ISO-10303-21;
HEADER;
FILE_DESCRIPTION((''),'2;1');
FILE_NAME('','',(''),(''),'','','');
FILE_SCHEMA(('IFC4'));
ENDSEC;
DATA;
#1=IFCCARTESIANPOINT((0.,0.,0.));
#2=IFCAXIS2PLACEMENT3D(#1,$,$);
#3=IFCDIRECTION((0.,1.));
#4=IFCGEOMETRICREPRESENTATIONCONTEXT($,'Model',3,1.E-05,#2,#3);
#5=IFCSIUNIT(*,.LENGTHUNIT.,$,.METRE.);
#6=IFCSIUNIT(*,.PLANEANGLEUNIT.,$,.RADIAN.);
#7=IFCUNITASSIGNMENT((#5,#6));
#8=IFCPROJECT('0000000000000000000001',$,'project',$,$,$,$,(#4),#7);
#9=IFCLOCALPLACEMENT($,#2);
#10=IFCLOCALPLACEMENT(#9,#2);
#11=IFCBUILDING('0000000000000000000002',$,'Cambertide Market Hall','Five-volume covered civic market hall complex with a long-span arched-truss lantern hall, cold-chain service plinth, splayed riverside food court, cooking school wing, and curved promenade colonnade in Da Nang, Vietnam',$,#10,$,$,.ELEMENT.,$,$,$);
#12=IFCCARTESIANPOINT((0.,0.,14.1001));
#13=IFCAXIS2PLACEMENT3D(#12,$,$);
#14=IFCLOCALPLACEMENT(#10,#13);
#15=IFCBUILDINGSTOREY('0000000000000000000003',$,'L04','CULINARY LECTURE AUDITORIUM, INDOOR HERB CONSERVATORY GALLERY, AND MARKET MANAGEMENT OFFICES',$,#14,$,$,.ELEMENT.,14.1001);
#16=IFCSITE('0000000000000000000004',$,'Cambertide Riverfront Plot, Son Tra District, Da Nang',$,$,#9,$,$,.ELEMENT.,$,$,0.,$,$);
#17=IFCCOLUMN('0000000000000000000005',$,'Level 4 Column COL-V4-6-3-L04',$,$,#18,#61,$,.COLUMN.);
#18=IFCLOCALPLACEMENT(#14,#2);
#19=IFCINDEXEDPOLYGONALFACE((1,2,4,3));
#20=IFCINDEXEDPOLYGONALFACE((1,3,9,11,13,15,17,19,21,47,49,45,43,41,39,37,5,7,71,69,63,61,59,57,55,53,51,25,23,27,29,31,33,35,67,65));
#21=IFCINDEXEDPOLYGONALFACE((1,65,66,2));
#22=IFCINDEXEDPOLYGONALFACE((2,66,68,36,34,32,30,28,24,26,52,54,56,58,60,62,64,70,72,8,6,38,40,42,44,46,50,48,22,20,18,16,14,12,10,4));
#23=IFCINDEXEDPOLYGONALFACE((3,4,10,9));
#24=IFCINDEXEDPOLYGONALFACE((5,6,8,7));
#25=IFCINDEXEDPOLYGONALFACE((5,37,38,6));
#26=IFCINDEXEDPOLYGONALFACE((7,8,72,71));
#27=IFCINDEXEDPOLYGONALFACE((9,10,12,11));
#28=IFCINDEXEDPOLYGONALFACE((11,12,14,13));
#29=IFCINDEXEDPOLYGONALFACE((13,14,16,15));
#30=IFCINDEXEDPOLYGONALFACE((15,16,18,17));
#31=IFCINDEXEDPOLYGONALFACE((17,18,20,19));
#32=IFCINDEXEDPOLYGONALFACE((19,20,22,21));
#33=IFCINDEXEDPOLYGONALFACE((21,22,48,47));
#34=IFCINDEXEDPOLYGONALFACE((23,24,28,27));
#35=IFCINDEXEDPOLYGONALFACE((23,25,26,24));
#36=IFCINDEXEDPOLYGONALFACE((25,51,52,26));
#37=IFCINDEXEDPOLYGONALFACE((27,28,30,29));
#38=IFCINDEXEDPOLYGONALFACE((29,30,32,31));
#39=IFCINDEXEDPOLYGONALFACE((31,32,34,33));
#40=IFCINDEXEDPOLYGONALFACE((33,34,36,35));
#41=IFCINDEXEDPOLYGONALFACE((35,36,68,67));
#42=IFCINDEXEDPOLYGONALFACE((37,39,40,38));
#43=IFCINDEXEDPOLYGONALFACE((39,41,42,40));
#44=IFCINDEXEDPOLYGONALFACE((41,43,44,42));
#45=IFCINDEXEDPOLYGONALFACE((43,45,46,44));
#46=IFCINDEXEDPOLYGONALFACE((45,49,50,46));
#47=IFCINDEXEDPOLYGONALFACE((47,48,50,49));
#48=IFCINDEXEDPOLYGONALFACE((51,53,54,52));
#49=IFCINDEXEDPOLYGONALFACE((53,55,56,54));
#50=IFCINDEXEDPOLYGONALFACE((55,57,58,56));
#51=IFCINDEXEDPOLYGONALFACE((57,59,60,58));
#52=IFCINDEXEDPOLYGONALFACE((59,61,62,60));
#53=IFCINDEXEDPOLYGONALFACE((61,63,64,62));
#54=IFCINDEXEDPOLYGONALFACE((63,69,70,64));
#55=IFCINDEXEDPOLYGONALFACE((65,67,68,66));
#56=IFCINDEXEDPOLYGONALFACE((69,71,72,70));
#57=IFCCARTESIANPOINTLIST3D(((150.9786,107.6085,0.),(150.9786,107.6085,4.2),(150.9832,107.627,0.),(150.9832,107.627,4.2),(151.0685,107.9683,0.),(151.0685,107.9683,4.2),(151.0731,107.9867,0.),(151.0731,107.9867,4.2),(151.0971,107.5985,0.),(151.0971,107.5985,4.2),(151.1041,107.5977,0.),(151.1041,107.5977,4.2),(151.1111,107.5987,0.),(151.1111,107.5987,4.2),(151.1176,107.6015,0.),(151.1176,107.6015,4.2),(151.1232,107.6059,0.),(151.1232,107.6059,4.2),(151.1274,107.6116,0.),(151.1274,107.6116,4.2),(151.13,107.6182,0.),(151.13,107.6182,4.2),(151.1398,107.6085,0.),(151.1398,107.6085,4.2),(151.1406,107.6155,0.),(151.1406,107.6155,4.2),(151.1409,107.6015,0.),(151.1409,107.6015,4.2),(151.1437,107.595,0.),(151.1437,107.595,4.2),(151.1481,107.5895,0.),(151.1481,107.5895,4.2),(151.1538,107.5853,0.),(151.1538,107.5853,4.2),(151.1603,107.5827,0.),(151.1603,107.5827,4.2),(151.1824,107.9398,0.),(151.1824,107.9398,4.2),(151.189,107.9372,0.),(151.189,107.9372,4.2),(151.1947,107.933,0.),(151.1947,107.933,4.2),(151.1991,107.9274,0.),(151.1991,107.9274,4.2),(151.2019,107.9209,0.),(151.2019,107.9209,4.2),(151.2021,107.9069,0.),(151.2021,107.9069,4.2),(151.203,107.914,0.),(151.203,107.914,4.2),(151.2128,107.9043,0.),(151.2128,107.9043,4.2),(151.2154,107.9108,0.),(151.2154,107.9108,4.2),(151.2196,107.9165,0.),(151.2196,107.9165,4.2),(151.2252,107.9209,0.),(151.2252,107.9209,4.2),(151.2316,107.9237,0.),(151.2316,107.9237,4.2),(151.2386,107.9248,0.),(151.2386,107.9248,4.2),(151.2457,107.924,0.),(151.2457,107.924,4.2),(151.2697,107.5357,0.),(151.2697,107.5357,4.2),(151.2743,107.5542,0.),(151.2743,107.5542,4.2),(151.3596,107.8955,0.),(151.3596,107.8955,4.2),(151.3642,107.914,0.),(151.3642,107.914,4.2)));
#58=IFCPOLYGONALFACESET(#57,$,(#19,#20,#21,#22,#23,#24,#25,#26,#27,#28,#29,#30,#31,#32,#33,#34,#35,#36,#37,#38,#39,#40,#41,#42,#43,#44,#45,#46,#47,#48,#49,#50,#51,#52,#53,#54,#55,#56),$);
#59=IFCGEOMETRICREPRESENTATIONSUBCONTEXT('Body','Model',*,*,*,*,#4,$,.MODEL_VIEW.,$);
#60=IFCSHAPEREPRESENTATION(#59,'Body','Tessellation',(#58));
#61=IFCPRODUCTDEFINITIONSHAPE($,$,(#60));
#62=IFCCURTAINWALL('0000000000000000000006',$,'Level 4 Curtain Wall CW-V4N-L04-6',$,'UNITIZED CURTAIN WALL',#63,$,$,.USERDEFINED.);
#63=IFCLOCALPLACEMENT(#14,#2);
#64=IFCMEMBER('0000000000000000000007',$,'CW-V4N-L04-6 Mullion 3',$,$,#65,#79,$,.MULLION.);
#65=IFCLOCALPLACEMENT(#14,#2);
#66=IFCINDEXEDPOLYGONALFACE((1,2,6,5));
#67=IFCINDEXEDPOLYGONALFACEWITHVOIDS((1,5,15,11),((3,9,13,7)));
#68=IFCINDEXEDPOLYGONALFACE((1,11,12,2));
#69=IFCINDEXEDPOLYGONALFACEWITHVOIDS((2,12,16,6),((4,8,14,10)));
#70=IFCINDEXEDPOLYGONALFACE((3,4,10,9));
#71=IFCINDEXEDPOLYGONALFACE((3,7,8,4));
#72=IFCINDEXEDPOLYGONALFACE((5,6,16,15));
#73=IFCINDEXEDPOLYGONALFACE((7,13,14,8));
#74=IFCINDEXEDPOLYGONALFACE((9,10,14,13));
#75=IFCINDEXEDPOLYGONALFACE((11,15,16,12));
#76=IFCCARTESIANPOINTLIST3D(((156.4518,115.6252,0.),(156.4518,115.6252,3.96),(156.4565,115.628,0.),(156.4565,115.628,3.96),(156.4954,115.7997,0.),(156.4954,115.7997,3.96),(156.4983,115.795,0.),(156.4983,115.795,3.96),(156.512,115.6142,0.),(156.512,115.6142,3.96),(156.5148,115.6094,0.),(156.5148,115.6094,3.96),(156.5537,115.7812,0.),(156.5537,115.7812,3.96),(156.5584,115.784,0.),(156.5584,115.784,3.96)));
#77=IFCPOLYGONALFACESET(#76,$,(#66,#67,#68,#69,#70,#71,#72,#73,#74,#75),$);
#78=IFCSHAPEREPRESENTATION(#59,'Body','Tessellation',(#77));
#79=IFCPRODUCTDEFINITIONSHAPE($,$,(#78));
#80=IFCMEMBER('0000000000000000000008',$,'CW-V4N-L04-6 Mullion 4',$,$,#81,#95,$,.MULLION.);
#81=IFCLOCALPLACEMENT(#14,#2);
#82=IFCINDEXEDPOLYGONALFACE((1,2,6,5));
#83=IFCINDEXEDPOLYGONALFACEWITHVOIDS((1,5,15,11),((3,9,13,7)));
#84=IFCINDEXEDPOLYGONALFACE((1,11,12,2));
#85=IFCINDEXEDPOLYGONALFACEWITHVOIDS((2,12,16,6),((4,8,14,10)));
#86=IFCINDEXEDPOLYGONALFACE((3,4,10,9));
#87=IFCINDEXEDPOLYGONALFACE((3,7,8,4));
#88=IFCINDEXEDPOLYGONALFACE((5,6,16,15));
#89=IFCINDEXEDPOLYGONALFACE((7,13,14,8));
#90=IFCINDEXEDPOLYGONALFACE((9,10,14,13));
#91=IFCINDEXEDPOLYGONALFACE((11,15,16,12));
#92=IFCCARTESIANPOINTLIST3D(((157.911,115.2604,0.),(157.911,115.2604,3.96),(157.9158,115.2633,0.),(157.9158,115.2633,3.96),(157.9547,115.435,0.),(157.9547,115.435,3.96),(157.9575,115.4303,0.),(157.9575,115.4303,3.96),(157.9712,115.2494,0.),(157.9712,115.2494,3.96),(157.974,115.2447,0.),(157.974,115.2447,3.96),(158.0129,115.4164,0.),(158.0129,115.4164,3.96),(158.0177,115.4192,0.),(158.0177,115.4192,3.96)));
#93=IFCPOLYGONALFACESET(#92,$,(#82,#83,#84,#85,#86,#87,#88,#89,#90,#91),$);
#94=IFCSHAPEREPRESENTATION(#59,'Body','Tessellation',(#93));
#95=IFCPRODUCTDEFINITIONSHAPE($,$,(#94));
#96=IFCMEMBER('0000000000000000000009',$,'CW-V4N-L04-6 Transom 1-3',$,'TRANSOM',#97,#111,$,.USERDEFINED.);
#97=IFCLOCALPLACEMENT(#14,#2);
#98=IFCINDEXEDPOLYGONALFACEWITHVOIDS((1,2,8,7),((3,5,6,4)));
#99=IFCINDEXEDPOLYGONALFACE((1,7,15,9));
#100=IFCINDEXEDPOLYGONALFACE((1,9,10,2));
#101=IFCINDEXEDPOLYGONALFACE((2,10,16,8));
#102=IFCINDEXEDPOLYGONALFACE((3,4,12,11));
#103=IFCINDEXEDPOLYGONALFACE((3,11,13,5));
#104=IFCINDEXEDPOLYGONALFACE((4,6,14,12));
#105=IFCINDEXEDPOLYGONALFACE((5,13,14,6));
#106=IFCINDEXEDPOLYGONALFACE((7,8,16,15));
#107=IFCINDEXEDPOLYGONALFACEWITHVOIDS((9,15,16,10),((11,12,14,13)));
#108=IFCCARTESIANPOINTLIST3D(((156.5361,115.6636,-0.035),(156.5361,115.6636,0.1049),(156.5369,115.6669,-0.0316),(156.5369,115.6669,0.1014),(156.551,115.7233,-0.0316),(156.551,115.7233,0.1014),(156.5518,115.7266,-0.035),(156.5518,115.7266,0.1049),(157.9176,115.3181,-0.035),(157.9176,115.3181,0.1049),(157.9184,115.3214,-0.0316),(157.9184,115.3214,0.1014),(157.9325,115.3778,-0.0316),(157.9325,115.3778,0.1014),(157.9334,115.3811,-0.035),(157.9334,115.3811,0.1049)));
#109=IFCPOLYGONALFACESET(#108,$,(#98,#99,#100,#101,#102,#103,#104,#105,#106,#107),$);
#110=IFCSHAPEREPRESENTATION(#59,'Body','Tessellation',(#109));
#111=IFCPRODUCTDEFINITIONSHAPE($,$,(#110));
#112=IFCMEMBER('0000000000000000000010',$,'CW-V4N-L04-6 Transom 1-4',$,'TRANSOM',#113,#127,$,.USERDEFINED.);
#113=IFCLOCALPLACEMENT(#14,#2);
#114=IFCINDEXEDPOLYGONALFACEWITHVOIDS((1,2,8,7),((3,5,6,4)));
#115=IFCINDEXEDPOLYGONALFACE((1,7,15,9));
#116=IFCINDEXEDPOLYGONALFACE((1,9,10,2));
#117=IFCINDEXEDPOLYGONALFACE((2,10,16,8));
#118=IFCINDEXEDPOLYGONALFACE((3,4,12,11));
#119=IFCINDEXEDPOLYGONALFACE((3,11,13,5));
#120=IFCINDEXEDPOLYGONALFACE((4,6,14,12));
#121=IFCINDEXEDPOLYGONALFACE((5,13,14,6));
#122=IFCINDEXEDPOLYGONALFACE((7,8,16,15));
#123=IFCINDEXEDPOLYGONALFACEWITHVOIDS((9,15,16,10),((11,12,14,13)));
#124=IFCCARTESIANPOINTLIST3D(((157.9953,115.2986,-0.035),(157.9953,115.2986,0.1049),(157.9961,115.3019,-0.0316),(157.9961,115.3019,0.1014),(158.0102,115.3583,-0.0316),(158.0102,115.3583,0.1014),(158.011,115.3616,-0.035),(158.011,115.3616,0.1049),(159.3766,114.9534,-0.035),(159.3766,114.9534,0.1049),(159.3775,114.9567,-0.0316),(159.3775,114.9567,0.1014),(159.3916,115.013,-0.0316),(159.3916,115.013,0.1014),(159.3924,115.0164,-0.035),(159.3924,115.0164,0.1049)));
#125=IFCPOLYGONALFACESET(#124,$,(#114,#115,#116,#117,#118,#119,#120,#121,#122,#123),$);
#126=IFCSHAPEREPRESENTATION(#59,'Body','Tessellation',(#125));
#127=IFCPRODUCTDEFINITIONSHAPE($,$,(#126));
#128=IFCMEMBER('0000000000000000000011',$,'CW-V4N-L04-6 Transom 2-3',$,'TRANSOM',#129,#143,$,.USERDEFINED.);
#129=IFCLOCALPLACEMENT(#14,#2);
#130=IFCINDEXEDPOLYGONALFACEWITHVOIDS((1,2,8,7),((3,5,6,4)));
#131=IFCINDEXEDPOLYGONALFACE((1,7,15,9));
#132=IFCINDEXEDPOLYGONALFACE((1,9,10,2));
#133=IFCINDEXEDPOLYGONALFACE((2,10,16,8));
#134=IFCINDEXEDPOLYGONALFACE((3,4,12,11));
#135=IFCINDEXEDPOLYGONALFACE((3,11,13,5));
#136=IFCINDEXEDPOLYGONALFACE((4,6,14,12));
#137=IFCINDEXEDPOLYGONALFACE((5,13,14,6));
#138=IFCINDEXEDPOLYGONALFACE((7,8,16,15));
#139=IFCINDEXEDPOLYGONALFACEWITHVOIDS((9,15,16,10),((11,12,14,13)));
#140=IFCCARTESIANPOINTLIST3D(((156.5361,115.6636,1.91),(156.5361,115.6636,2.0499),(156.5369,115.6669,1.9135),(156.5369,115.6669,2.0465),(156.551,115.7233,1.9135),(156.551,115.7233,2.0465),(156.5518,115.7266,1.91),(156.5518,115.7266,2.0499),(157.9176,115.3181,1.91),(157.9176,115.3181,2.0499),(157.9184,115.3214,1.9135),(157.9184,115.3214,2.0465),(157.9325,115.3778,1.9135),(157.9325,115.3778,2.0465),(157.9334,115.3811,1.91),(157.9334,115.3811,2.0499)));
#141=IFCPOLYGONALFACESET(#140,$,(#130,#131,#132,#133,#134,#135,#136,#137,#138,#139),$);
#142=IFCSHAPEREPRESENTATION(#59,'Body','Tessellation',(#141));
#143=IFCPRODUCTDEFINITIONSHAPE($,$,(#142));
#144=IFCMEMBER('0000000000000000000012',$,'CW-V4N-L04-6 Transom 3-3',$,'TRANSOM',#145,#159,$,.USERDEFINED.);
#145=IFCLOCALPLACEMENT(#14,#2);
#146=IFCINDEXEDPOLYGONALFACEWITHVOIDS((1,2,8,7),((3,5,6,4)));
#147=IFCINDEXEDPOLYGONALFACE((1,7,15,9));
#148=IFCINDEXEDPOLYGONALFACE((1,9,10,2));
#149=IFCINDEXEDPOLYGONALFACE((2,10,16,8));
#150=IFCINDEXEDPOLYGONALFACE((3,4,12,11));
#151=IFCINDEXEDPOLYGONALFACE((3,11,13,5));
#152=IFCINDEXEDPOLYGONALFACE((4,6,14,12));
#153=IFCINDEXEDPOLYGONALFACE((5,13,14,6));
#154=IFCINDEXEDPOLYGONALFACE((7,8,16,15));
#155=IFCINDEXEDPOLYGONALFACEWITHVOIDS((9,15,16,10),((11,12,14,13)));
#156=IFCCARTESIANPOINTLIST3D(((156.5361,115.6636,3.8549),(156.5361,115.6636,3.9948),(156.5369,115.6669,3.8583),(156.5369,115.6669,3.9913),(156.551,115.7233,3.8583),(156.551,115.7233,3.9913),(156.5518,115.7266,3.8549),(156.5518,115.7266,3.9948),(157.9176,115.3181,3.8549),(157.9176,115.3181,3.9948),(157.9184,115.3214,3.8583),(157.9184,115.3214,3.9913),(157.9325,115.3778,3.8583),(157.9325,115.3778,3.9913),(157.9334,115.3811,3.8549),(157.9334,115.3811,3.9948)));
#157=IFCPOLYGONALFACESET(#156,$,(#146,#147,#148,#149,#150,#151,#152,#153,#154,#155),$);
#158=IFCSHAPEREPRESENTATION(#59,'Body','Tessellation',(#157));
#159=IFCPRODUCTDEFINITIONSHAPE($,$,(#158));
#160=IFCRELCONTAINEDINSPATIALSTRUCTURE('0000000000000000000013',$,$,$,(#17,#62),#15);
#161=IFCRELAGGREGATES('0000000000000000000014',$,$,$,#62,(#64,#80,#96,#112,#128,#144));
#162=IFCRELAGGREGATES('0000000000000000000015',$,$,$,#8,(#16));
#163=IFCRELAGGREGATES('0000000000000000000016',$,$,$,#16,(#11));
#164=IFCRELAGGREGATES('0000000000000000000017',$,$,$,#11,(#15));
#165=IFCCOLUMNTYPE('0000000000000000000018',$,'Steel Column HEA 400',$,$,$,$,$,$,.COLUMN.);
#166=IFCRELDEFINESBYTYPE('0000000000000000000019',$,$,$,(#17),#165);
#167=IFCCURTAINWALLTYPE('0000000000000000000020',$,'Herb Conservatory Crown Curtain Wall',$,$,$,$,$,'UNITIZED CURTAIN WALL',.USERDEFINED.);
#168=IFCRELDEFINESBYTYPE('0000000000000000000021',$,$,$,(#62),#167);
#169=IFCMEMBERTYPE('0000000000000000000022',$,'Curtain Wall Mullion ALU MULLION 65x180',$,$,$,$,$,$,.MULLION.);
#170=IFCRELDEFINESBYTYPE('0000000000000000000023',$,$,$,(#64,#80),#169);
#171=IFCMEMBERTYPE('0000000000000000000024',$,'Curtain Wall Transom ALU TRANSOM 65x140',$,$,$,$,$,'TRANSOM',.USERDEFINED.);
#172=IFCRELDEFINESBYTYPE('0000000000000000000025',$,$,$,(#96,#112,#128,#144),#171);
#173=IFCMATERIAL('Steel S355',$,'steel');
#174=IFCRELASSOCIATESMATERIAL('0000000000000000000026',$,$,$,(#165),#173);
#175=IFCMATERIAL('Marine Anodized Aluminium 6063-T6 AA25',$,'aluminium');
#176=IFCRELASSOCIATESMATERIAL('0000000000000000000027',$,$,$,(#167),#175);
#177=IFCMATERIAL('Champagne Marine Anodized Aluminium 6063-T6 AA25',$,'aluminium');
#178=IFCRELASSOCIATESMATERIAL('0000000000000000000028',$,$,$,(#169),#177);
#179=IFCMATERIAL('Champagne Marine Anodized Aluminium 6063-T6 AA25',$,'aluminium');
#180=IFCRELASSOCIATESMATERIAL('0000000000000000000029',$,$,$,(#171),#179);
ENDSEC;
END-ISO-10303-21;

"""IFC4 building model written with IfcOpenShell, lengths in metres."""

from ifc_helpers import new_model, si_unit, direction, frame, origin, origin_2d, place, context, subcontext, project, spatial, hollow_rectangle, i_section, extrude, material, material_profile, profile_set, type_object, element, aggregate, save


model = new_model("IFC4")

# Units and contexts
model_context = context("Model", 3, precision=1e-05, world=origin(), true_north=direction((0.0, 1.0)))
body_context = subcontext(model_context, "Body", "Model", "MODEL_VIEW")
ifc_project = project(units=[si_unit("LENGTHUNIT", "METRE"), si_unit("PLANEANGLEUNIT", "RADIAN")], contexts=[model_context])

# Site, building, storey
site_placement = place(None, origin())
site = spatial("IfcSite", under=ifc_project, at=site_placement, Name="Cambertide Riverfront Plot, Son Tra District, Da Nang", CompositionType="ELEMENT", RefElevation=0.0)
building_placement = place(site_placement, origin())
building = spatial("IfcBuilding", under=site, at=building_placement, Name="Cambertide Market Hall", Description="Five-volume covered civic market hall complex with a long-span arched-truss lantern hall, cold-chain service plinth, splayed riverside food court, cooking school wing, and curved promenade colonnade in Da Nang, Vietnam", CompositionType="ELEMENT")
storey_placement = place(building_placement, frame((0.0, 0.0, 14.1001)))
storey = spatial("IfcBuildingStorey", under=building, at=storey_placement, Name="L04", Description="CULINARY LECTURE AUDITORIUM, INDOOR HERB CONSERVATORY GALLERY, AND MARKET MANAGEMENT OFFICES", CompositionType="ELEMENT", Elevation=14.1001)

# Column
ifc_material_1 = material(Name="Steel S355", Category="steel")
ifc_material_profile_1 = material_profile(ifc_material_1, i_section(OverallWidth=0.3, OverallDepth=0.3899, WebThickness=0.011, FlangeThickness=0.019, FilletRadius=0.0271, at=origin_2d()), Name="HEA 400")
ifc_profile_set_1 = profile_set([ifc_material_profile_1], Name="Steel S355")
column_type = type_object("IfcColumnType", Name="Steel Column HEA 400", PredefinedType="COLUMN", material=ifc_profile_set_1)
column_placement = place(storey_placement, frame((151.1714, 107.7612, 0.0), z_axis=(0.0, 0.0, 1.0), x_axis=(0.970143, -0.242536, 0.0)))
element("IfcColumn", 1, at=column_placement, inside=storey, type_object=column_type, Name="Level 4 Column COL-V4-6-3-L04", PredefinedType="COLUMN", context=body_context, shape_type="SweptSolid", body=[
    extrude(i_section(OverallWidth=0.3, OverallDepth=0.3899, WebThickness=0.011, FlangeThickness=0.019, FilletRadius=0.0271, at=origin_2d()), origin(), (0.0, 0.0, 1.0), 4.2),
])

# Curtain wall, members
ifc_material_2 = material(Name="Marine Anodized Aluminium 6063-T6 AA25", Category="aluminium")
curtain_wall_type = type_object("IfcCurtainWallType", Name="Herb Conservatory Crown Curtain Wall", ElementType="UNITIZED CURTAIN WALL", PredefinedType="USERDEFINED", material=ifc_material_2)
curtain_wall_placement = place(storey_placement, origin())
curtain_wall = element("IfcCurtainWall", 2, at=curtain_wall_placement, inside=storey, type_object=curtain_wall_type, Name="Level 4 Curtain Wall CW-V4N-L04-6", ObjectType="UNITIZED CURTAIN WALL", PredefinedType="USERDEFINED")
ifc_material_3 = material(Name="Champagne Marine Anodized Aluminium 6063-T6 AA25", Category="aluminium")
ifc_material_profile_2 = material_profile(ifc_material_3, hollow_rectangle(XDim=0.0649, YDim=0.1799, WallThickness=0.0039, at=origin_2d()), Name="ALU MULLION 65x180")
ifc_profile_set_2 = profile_set([ifc_material_profile_2], Name="Champagne Marine Anodized Aluminium 6063-T6 AA25")
member_type_1 = type_object("IfcMemberType", Name="Curtain Wall Mullion ALU MULLION 65x180", PredefinedType="MULLION", material=ifc_profile_set_2)
member_1_placement = place(storey_placement, frame((156.5051, 115.7046, 0.0), z_axis=(0.0, 0.0, 1.0), x_axis=(0.970143, -0.242536, 0.0)))
member_1 = element("IfcMember", 3, at=member_1_placement, type_object=member_type_1, Name="CW-V4N-L04-6 Mullion 3", PredefinedType="MULLION", context=body_context, shape_type="SweptSolid", body=[
    extrude(hollow_rectangle(XDim=0.0649, YDim=0.1799, WallThickness=0.0039, at=origin_2d()), origin(), (0.0, 0.0, 1.0), 3.96),
])
member_2_placement = place(storey_placement, frame((157.9644, 115.3398, 0.0), z_axis=(0.0, 0.0, 1.0), x_axis=(0.970143, -0.242536, 0.0)))
member_2 = element("IfcMember", 4, at=member_2_placement, type_object=member_type_1, Name="CW-V4N-L04-6 Mullion 4", PredefinedType="MULLION", context=body_context, shape_type="SweptSolid", body=[
    extrude(hollow_rectangle(XDim=0.0649, YDim=0.1799, WallThickness=0.0039, at=origin_2d()), origin(), (0.0, 0.0, 1.0), 3.96),
])
ifc_material_4 = material(Name="Champagne Marine Anodized Aluminium 6063-T6 AA25", Category="aluminium")
ifc_material_profile_3 = material_profile(ifc_material_4, hollow_rectangle(XDim=0.0649, YDim=0.1399, WallThickness=0.0034, at=origin_2d()), Name="ALU TRANSOM 65x140")
ifc_profile_set_3 = profile_set([ifc_material_profile_3], Name="Champagne Marine Anodized Aluminium 6063-T6 AA25")
member_type_2 = type_object("IfcMemberType", Name="Curtain Wall Transom ALU TRANSOM 65x140", ElementType="TRANSOM", PredefinedType="USERDEFINED", material=ifc_profile_set_3)
member_3_placement = place(storey_placement, frame((156.5439, 115.6951, 0.0349), z_axis=(0.970132, -0.242576, 0.0), x_axis=(0.242576, 0.970132, 0.0)))
member_3 = element("IfcMember", 5, at=member_3_placement, type_object=member_type_2, Name="CW-V4N-L04-6 Transom 1-3", ObjectType="TRANSOM", PredefinedType="USERDEFINED", context=body_context, shape_type="SweptSolid", body=[
    extrude(hollow_rectangle(XDim=0.0649, YDim=0.1399, WallThickness=0.0034, at=origin_2d()), origin(), (0.0, 0.0, 1.0), 1.4241),
])
member_4_placement = place(storey_placement, frame((158.0032, 115.3301, 0.0349), z_axis=(0.970163, -0.242455, 0.0), x_axis=(0.242455, 0.970163, 0.0)))
member_4 = element("IfcMember", 6, at=member_4_placement, type_object=member_type_2, Name="CW-V4N-L04-6 Transom 1-4", ObjectType="TRANSOM", PredefinedType="USERDEFINED", context=body_context, shape_type="SweptSolid", body=[
    extrude(hollow_rectangle(XDim=0.0649, YDim=0.1399, WallThickness=0.0034, at=origin_2d()), origin(), (0.0, 0.0, 1.0), 1.4238),
])
member_5_placement = place(storey_placement, frame((156.5439, 115.6951, 1.98), z_axis=(0.970132, -0.242576, 0.0), x_axis=(0.242576, 0.970132, 0.0)))
member_5 = element("IfcMember", 7, at=member_5_placement, type_object=member_type_2, Name="CW-V4N-L04-6 Transom 2-3", ObjectType="TRANSOM", PredefinedType="USERDEFINED", context=body_context, shape_type="SweptSolid", body=[
    extrude(hollow_rectangle(XDim=0.0649, YDim=0.1399, WallThickness=0.0034, at=origin_2d()), origin(), (0.0, 0.0, 1.0), 1.4241),
])
member_6_placement = place(storey_placement, frame((156.5439, 115.6951, 3.9248), z_axis=(0.970132, -0.242576, 0.0), x_axis=(0.242576, 0.970132, 0.0)))
member_6 = element("IfcMember", 8, at=member_6_placement, type_object=member_type_2, Name="CW-V4N-L04-6 Transom 3-3", ObjectType="TRANSOM", PredefinedType="USERDEFINED", context=body_context, shape_type="SweptSolid", body=[
    extrude(hollow_rectangle(XDim=0.0649, YDim=0.1399, WallThickness=0.0034, at=origin_2d()), origin(), (0.0, 0.0, 1.0), 1.4241),
])

aggregate(curtain_wall, [member_1, member_2, member_3, member_4, member_5, member_6])

save(model, "model.ifc")
